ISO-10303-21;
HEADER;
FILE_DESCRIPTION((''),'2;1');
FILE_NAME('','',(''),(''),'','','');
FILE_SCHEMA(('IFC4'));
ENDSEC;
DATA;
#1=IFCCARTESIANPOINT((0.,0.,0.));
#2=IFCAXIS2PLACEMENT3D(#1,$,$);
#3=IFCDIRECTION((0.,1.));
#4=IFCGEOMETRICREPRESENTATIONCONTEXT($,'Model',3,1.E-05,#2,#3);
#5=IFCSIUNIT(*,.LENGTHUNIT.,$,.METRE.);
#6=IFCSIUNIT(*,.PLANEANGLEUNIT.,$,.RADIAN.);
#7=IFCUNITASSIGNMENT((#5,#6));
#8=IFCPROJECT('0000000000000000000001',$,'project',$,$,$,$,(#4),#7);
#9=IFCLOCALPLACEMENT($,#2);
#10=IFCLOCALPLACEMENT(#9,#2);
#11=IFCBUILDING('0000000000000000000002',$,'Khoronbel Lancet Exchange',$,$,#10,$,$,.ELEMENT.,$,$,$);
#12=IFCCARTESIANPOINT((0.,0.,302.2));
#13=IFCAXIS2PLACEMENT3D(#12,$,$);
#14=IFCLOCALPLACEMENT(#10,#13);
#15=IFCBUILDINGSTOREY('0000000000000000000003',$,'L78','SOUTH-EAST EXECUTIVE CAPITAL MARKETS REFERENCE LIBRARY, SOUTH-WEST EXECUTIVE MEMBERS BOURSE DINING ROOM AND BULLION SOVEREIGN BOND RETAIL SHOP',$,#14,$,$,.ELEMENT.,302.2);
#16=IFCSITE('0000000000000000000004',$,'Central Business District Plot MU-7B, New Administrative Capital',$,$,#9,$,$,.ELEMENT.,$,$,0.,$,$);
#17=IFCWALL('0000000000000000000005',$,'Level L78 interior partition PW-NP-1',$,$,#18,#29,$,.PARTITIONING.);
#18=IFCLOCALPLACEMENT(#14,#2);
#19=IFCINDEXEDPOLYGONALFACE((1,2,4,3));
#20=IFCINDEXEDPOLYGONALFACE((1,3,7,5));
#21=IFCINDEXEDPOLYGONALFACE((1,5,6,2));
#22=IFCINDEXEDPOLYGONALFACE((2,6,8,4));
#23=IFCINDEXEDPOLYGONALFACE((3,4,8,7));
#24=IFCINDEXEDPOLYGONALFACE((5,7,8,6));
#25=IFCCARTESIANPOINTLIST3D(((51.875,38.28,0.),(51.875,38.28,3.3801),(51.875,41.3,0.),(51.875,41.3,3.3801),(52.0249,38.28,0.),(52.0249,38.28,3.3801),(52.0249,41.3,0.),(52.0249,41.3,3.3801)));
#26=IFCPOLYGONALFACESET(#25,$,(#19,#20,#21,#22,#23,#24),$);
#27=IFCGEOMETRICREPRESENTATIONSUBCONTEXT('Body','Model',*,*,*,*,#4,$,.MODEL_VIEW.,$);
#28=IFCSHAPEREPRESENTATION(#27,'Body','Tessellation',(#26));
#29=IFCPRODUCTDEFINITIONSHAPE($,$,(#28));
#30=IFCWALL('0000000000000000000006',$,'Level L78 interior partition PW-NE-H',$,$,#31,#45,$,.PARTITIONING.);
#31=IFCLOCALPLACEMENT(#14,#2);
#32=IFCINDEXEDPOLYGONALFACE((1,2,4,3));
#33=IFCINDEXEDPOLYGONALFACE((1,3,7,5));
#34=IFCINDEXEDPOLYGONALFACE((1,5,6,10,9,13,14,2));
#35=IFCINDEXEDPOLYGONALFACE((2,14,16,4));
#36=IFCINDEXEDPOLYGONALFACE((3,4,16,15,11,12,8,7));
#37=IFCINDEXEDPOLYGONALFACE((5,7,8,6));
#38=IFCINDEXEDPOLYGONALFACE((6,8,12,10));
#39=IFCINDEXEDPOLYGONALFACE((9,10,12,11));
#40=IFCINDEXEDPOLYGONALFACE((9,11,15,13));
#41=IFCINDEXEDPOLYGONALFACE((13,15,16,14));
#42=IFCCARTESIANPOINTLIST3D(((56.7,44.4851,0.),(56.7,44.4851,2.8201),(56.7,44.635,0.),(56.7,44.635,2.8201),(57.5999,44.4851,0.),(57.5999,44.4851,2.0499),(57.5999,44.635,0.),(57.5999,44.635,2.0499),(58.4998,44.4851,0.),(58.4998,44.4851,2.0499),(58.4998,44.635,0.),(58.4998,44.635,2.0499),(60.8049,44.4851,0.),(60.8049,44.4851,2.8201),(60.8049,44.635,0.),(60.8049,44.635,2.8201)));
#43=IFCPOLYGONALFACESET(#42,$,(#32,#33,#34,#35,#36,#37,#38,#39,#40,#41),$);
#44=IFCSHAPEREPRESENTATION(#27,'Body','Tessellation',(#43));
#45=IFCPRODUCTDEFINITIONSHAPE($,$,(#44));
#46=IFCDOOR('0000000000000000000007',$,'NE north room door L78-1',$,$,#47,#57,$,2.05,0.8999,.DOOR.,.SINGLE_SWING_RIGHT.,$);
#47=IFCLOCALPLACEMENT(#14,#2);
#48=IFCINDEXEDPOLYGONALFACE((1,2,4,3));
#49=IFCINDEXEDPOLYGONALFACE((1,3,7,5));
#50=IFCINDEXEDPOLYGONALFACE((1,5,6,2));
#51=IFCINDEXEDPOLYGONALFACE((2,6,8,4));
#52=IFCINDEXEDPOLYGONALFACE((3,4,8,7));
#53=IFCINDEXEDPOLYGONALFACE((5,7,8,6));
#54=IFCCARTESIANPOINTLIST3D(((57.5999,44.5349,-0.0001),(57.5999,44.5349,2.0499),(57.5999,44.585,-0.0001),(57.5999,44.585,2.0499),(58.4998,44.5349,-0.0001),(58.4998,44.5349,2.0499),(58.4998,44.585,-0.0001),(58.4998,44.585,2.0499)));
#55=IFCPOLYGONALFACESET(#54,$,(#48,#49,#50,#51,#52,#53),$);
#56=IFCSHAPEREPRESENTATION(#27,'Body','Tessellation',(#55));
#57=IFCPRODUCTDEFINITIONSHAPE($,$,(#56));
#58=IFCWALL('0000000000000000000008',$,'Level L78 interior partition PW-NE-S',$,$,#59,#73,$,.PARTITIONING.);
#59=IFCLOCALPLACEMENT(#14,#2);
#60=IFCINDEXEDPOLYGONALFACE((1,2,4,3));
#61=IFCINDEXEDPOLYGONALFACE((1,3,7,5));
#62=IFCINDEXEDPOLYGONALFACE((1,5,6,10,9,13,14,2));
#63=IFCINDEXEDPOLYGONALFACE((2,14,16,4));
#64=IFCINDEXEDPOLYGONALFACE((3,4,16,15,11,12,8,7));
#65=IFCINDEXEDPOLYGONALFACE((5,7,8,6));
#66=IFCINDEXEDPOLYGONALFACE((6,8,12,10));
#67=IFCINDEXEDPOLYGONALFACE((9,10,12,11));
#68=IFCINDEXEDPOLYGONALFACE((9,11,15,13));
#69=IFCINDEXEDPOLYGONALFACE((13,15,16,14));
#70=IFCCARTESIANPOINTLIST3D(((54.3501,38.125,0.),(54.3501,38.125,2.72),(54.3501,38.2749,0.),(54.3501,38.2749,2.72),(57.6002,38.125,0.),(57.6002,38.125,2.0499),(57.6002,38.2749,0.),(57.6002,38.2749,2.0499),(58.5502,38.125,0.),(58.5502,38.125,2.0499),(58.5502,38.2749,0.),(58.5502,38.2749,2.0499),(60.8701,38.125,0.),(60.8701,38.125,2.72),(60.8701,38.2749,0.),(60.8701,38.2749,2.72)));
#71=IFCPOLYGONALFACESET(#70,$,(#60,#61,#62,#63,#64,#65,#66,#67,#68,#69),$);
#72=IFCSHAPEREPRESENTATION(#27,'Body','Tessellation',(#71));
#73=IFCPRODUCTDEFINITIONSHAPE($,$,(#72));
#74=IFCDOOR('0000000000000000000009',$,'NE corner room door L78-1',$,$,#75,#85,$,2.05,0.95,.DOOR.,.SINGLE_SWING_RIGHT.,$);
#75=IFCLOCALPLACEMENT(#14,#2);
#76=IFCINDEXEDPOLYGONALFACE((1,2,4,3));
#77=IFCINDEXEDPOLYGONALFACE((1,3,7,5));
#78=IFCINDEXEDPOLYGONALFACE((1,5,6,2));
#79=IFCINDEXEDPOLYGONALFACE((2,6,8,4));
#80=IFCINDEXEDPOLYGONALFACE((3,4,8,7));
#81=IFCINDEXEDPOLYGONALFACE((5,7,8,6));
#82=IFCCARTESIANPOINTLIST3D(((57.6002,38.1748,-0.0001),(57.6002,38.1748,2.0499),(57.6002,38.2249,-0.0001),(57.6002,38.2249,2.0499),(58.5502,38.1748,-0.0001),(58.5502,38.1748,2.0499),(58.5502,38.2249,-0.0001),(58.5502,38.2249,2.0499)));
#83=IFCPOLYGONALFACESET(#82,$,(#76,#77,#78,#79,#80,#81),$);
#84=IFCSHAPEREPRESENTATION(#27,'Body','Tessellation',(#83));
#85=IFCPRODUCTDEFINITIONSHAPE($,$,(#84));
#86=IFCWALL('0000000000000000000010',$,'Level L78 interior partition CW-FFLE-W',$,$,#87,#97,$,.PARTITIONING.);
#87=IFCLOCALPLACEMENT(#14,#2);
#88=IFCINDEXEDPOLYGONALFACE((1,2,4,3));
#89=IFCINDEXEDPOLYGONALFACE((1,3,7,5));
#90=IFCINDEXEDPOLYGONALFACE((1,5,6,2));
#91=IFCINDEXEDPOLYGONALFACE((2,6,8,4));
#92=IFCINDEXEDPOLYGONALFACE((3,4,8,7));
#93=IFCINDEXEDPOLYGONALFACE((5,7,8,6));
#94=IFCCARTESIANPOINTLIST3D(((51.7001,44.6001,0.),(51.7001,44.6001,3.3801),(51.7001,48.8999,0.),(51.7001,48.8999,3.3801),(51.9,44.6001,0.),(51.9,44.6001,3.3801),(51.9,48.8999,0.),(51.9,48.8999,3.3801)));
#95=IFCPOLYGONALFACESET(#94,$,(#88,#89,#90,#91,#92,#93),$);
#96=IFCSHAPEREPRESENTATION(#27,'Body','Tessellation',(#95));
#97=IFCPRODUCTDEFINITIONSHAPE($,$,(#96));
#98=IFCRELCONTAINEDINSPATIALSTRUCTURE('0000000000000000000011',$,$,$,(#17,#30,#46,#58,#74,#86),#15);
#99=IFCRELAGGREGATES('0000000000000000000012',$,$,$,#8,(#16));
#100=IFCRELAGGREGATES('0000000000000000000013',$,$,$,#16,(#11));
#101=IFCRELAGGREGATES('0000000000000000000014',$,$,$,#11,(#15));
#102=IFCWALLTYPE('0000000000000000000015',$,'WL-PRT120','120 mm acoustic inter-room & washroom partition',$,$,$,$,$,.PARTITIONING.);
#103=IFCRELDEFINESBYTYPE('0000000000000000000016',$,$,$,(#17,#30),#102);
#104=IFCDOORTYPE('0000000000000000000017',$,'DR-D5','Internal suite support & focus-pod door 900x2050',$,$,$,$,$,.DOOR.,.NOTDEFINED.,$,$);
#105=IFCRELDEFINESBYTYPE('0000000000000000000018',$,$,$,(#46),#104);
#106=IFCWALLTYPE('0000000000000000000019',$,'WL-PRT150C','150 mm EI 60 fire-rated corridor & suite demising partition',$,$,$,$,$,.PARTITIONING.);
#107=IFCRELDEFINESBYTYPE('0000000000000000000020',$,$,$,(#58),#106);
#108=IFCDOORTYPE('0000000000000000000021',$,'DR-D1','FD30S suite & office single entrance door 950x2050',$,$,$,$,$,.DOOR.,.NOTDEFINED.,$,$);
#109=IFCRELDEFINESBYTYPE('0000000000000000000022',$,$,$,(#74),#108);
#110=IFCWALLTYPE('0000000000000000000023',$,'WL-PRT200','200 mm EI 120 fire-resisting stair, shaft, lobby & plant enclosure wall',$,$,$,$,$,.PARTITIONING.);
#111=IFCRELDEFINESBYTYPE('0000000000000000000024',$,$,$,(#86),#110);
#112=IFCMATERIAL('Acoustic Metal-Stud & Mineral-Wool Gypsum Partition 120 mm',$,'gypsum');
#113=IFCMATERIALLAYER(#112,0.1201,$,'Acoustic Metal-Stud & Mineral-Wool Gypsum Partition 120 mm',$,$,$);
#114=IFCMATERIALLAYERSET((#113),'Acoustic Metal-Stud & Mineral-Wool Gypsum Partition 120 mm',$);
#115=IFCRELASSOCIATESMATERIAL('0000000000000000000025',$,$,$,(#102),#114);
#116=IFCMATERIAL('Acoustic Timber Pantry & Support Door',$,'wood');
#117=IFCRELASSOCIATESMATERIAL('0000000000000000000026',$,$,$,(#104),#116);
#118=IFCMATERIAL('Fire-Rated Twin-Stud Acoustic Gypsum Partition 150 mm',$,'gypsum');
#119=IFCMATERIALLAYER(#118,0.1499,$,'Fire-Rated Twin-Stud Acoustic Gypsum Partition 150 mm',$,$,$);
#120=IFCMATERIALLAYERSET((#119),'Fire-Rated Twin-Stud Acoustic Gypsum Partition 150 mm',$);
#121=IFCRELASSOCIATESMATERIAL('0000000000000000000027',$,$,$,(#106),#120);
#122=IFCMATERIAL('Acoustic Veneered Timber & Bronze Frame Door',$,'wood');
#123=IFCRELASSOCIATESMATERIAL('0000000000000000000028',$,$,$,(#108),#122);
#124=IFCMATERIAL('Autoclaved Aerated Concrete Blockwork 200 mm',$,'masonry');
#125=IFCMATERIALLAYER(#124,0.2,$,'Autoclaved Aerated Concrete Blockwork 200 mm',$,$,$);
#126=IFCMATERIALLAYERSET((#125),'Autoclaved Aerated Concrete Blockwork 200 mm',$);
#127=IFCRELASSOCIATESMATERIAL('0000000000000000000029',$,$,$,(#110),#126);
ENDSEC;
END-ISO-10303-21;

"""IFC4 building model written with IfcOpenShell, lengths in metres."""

from ifc_helpers import new_model, si_unit, direction, frame, frame_2d, origin, place, context, subcontext, project, spatial, rectangle, extrude, material, layer, layer_set, type_object, element, fill, save


model = new_model("IFC4")

# Units and contexts
model_context = context("Model", 3, precision=1e-05, world=origin(), true_north=direction((0.0, 1.0)))
body_context = subcontext(model_context, "Body", "Model", "MODEL_VIEW")
ifc_project = project(units=[si_unit("LENGTHUNIT", "METRE"), si_unit("PLANEANGLEUNIT", "RADIAN")], contexts=[model_context])

# Site, building, storey
site_placement = place(None, origin())
site = spatial("IfcSite", under=ifc_project, at=site_placement, Name="Central Business District Plot MU-7B, New Administrative Capital", CompositionType="ELEMENT", RefElevation=0.0)
building_placement = place(site_placement, origin())
building = spatial("IfcBuilding", under=site, at=building_placement, Name="Khoronbel Lancet Exchange", CompositionType="ELEMENT")
storey_placement = place(building_placement, frame((0.0, 0.0, 302.2)))
storey = spatial("IfcBuildingStorey", under=building, at=storey_placement, Name="L78", Description="SOUTH-EAST EXECUTIVE CAPITAL MARKETS REFERENCE LIBRARY, SOUTH-WEST EXECUTIVE MEMBERS BOURSE DINING ROOM AND BULLION SOVEREIGN BOND RETAIL SHOP", CompositionType="ELEMENT", Elevation=302.2)

# Wall
ifc_material_1 = material(Name="Acoustic Metal-Stud & Mineral-Wool Gypsum Partition 120 mm", Category="gypsum")
ifc_layer_1 = layer(ifc_material_1, 0.1201, Name="Acoustic Metal-Stud & Mineral-Wool Gypsum Partition 120 mm")
ifc_layer_set_1 = layer_set([ifc_layer_1], Name="Acoustic Metal-Stud & Mineral-Wool Gypsum Partition 120 mm")
wall_type_1 = type_object("IfcWallType", Name="WL-PRT120", Description="120 mm acoustic inter-room & washroom partition", PredefinedType="PARTITIONING", material=ifc_layer_set_1)
wall_1_placement = place(storey_placement, frame((51.95, 38.28, 0.0), z_axis=(0.0, 0.0, 1.0), x_axis=(0.0, 1.0, 0.0)))
element("IfcWall", 1, at=wall_1_placement, inside=storey, type_object=wall_type_1, Name="Level L78 interior partition PW-NP-1", PredefinedType="PARTITIONING", context=body_context, shape_type="SweptSolid", body=[
    extrude(rectangle(XDim=3.02, YDim=0.1499, at=frame_2d((1.51, 0.0))), origin(), (0.0, 0.0, 1.0), 3.3801),
])

# Walls, openings, doors
wall_2_placement = place(storey_placement, frame((56.7, 44.5601, 0.0), z_axis=(0.0, 0.0, 1.0), x_axis=(1.0, 0.0, 0.0)))
wall_2 = element("IfcWall", 2, at=wall_2_placement, inside=storey, type_object=wall_type_1, Name="Level L78 interior partition PW-NE-H", PredefinedType="PARTITIONING", context=body_context, shape_type="SweptSolid", body=[
    extrude(rectangle(XDim=4.105, YDim=0.1499, at=frame_2d((2.0525, 0.0))), origin(), (0.0, 0.0, 1.0), 2.8201),
])
opening_1_placement = place(wall_2_placement, frame((0.8999, 0.0, 0.0)))
opening_1 = element("IfcOpeningElement", 3, at=opening_1_placement, cuts=wall_2, PredefinedType="OPENING", context=body_context, shape_type="SweptSolid", body=[
    extrude(rectangle(XDim=0.8999, YDim=2.05, at=frame_2d((0.45, 1.0249))), frame((0.0, 0.085, 0.0), z_axis=(0.0, -1.0, 0.0), x_axis=(1.0, 0.0, 0.0)), (0.0, 0.0, 1.0), 0.1699),
])
ifc_material_2 = material(Name="Acoustic Timber Pantry & Support Door", Category="wood")
door_type_1 = type_object("IfcDoorType", Name="DR-D5", Description="Internal suite support & focus-pod door 900x2050", OperationType="NOTDEFINED", PredefinedType="DOOR", material=ifc_material_2)
door_1_placement = place(opening_1_placement, origin())
door_1 = element("IfcDoor", 4, at=door_1_placement, inside=storey, type_object=door_type_1, Name="NE north room door L78-1", OperationType="SINGLE_SWING_RIGHT", OverallHeight=2.05, OverallWidth=0.8999, PredefinedType="DOOR", context=body_context, shape_type="SweptSolid", body=[
    extrude(rectangle(XDim=0.8999, YDim=2.05, at=frame_2d((0.45, 1.0249))), frame((0.0, 0.0249, 0.0), z_axis=(0.0, -1.0, 0.0), x_axis=(1.0, 0.0, 0.0)), (0.0, 0.0, 1.0), 0.05),
])
fill(opening_1, door_1)
ifc_material_3 = material(Name="Fire-Rated Twin-Stud Acoustic Gypsum Partition 150 mm", Category="gypsum")
ifc_layer_2 = layer(ifc_material_3, 0.1499, Name="Fire-Rated Twin-Stud Acoustic Gypsum Partition 150 mm")
ifc_layer_set_2 = layer_set([ifc_layer_2], Name="Fire-Rated Twin-Stud Acoustic Gypsum Partition 150 mm")
wall_type_2 = type_object("IfcWallType", Name="WL-PRT150C", Description="150 mm EI 60 fire-rated corridor & suite demising partition", PredefinedType="PARTITIONING", material=ifc_layer_set_2)
wall_3_placement = place(storey_placement, frame((54.3501, 38.2, 0.0), z_axis=(0.0, 0.0, 1.0), x_axis=(1.0, 0.0, 0.0)))
wall_3 = element("IfcWall", 5, at=wall_3_placement, inside=storey, type_object=wall_type_2, Name="Level L78 interior partition PW-NE-S", PredefinedType="PARTITIONING", context=body_context, shape_type="SweptSolid", body=[
    extrude(rectangle(XDim=6.52, YDim=0.1499, at=frame_2d((3.26, 0.0))), origin(), (0.0, 0.0, 1.0), 2.72),
])
opening_2_placement = place(wall_3_placement, frame((3.25, 0.0, 0.0)))
opening_2 = element("IfcOpeningElement", 6, at=opening_2_placement, cuts=wall_3, PredefinedType="OPENING", context=body_context, shape_type="SweptSolid", body=[
    extrude(rectangle(XDim=0.95, YDim=2.05, at=frame_2d((0.4751, 1.0249))), frame((0.0, 0.085, 0.0), z_axis=(0.0, -1.0, 0.0), x_axis=(1.0, 0.0, 0.0)), (0.0, 0.0, 1.0), 0.1699),
])
ifc_material_4 = material(Name="Acoustic Veneered Timber & Bronze Frame Door", Category="wood")
door_type_2 = type_object("IfcDoorType", Name="DR-D1", Description="FD30S suite & office single entrance door 950x2050", OperationType="NOTDEFINED", PredefinedType="DOOR", material=ifc_material_4)
door_2_placement = place(opening_2_placement, origin())
door_2 = element("IfcDoor", 7, at=door_2_placement, inside=storey, type_object=door_type_2, Name="NE corner room door L78-1", OperationType="SINGLE_SWING_RIGHT", OverallHeight=2.05, OverallWidth=0.95, PredefinedType="DOOR", context=body_context, shape_type="SweptSolid", body=[
    extrude(rectangle(XDim=0.95, YDim=2.05, at=frame_2d((0.4751, 1.0249))), frame((0.0, 0.0249, 0.0), z_axis=(0.0, -1.0, 0.0), x_axis=(1.0, 0.0, 0.0)), (0.0, 0.0, 1.0), 0.05),
])
fill(opening_2, door_2)

# Wall
ifc_material_5 = material(Name="Autoclaved Aerated Concrete Blockwork 200 mm", Category="masonry")
ifc_layer_3 = layer(ifc_material_5, 0.2, Name="Autoclaved Aerated Concrete Blockwork 200 mm")
ifc_layer_set_3 = layer_set([ifc_layer_3], Name="Autoclaved Aerated Concrete Blockwork 200 mm")
wall_type_3 = type_object("IfcWallType", Name="WL-PRT200", Description="200 mm EI 120 fire-resisting stair, shaft, lobby & plant enclosure wall", PredefinedType="PARTITIONING", material=ifc_layer_set_3)
wall_4_placement = place(storey_placement, frame((51.8, 44.6001, 0.0), z_axis=(0.0, 0.0, 1.0), x_axis=(0.0, 1.0, 0.0)))
element("IfcWall", 8, at=wall_4_placement, inside=storey, type_object=wall_type_3, Name="Level L78 interior partition CW-FFLE-W", PredefinedType="PARTITIONING", context=body_context, shape_type="SweptSolid", body=[
    extrude(rectangle(XDim=4.2998, YDim=0.2, at=frame_2d((2.1499, 0.0))), origin(), (0.0, 0.0, 1.0), 3.3801),
])

save(model, "model.ifc")
